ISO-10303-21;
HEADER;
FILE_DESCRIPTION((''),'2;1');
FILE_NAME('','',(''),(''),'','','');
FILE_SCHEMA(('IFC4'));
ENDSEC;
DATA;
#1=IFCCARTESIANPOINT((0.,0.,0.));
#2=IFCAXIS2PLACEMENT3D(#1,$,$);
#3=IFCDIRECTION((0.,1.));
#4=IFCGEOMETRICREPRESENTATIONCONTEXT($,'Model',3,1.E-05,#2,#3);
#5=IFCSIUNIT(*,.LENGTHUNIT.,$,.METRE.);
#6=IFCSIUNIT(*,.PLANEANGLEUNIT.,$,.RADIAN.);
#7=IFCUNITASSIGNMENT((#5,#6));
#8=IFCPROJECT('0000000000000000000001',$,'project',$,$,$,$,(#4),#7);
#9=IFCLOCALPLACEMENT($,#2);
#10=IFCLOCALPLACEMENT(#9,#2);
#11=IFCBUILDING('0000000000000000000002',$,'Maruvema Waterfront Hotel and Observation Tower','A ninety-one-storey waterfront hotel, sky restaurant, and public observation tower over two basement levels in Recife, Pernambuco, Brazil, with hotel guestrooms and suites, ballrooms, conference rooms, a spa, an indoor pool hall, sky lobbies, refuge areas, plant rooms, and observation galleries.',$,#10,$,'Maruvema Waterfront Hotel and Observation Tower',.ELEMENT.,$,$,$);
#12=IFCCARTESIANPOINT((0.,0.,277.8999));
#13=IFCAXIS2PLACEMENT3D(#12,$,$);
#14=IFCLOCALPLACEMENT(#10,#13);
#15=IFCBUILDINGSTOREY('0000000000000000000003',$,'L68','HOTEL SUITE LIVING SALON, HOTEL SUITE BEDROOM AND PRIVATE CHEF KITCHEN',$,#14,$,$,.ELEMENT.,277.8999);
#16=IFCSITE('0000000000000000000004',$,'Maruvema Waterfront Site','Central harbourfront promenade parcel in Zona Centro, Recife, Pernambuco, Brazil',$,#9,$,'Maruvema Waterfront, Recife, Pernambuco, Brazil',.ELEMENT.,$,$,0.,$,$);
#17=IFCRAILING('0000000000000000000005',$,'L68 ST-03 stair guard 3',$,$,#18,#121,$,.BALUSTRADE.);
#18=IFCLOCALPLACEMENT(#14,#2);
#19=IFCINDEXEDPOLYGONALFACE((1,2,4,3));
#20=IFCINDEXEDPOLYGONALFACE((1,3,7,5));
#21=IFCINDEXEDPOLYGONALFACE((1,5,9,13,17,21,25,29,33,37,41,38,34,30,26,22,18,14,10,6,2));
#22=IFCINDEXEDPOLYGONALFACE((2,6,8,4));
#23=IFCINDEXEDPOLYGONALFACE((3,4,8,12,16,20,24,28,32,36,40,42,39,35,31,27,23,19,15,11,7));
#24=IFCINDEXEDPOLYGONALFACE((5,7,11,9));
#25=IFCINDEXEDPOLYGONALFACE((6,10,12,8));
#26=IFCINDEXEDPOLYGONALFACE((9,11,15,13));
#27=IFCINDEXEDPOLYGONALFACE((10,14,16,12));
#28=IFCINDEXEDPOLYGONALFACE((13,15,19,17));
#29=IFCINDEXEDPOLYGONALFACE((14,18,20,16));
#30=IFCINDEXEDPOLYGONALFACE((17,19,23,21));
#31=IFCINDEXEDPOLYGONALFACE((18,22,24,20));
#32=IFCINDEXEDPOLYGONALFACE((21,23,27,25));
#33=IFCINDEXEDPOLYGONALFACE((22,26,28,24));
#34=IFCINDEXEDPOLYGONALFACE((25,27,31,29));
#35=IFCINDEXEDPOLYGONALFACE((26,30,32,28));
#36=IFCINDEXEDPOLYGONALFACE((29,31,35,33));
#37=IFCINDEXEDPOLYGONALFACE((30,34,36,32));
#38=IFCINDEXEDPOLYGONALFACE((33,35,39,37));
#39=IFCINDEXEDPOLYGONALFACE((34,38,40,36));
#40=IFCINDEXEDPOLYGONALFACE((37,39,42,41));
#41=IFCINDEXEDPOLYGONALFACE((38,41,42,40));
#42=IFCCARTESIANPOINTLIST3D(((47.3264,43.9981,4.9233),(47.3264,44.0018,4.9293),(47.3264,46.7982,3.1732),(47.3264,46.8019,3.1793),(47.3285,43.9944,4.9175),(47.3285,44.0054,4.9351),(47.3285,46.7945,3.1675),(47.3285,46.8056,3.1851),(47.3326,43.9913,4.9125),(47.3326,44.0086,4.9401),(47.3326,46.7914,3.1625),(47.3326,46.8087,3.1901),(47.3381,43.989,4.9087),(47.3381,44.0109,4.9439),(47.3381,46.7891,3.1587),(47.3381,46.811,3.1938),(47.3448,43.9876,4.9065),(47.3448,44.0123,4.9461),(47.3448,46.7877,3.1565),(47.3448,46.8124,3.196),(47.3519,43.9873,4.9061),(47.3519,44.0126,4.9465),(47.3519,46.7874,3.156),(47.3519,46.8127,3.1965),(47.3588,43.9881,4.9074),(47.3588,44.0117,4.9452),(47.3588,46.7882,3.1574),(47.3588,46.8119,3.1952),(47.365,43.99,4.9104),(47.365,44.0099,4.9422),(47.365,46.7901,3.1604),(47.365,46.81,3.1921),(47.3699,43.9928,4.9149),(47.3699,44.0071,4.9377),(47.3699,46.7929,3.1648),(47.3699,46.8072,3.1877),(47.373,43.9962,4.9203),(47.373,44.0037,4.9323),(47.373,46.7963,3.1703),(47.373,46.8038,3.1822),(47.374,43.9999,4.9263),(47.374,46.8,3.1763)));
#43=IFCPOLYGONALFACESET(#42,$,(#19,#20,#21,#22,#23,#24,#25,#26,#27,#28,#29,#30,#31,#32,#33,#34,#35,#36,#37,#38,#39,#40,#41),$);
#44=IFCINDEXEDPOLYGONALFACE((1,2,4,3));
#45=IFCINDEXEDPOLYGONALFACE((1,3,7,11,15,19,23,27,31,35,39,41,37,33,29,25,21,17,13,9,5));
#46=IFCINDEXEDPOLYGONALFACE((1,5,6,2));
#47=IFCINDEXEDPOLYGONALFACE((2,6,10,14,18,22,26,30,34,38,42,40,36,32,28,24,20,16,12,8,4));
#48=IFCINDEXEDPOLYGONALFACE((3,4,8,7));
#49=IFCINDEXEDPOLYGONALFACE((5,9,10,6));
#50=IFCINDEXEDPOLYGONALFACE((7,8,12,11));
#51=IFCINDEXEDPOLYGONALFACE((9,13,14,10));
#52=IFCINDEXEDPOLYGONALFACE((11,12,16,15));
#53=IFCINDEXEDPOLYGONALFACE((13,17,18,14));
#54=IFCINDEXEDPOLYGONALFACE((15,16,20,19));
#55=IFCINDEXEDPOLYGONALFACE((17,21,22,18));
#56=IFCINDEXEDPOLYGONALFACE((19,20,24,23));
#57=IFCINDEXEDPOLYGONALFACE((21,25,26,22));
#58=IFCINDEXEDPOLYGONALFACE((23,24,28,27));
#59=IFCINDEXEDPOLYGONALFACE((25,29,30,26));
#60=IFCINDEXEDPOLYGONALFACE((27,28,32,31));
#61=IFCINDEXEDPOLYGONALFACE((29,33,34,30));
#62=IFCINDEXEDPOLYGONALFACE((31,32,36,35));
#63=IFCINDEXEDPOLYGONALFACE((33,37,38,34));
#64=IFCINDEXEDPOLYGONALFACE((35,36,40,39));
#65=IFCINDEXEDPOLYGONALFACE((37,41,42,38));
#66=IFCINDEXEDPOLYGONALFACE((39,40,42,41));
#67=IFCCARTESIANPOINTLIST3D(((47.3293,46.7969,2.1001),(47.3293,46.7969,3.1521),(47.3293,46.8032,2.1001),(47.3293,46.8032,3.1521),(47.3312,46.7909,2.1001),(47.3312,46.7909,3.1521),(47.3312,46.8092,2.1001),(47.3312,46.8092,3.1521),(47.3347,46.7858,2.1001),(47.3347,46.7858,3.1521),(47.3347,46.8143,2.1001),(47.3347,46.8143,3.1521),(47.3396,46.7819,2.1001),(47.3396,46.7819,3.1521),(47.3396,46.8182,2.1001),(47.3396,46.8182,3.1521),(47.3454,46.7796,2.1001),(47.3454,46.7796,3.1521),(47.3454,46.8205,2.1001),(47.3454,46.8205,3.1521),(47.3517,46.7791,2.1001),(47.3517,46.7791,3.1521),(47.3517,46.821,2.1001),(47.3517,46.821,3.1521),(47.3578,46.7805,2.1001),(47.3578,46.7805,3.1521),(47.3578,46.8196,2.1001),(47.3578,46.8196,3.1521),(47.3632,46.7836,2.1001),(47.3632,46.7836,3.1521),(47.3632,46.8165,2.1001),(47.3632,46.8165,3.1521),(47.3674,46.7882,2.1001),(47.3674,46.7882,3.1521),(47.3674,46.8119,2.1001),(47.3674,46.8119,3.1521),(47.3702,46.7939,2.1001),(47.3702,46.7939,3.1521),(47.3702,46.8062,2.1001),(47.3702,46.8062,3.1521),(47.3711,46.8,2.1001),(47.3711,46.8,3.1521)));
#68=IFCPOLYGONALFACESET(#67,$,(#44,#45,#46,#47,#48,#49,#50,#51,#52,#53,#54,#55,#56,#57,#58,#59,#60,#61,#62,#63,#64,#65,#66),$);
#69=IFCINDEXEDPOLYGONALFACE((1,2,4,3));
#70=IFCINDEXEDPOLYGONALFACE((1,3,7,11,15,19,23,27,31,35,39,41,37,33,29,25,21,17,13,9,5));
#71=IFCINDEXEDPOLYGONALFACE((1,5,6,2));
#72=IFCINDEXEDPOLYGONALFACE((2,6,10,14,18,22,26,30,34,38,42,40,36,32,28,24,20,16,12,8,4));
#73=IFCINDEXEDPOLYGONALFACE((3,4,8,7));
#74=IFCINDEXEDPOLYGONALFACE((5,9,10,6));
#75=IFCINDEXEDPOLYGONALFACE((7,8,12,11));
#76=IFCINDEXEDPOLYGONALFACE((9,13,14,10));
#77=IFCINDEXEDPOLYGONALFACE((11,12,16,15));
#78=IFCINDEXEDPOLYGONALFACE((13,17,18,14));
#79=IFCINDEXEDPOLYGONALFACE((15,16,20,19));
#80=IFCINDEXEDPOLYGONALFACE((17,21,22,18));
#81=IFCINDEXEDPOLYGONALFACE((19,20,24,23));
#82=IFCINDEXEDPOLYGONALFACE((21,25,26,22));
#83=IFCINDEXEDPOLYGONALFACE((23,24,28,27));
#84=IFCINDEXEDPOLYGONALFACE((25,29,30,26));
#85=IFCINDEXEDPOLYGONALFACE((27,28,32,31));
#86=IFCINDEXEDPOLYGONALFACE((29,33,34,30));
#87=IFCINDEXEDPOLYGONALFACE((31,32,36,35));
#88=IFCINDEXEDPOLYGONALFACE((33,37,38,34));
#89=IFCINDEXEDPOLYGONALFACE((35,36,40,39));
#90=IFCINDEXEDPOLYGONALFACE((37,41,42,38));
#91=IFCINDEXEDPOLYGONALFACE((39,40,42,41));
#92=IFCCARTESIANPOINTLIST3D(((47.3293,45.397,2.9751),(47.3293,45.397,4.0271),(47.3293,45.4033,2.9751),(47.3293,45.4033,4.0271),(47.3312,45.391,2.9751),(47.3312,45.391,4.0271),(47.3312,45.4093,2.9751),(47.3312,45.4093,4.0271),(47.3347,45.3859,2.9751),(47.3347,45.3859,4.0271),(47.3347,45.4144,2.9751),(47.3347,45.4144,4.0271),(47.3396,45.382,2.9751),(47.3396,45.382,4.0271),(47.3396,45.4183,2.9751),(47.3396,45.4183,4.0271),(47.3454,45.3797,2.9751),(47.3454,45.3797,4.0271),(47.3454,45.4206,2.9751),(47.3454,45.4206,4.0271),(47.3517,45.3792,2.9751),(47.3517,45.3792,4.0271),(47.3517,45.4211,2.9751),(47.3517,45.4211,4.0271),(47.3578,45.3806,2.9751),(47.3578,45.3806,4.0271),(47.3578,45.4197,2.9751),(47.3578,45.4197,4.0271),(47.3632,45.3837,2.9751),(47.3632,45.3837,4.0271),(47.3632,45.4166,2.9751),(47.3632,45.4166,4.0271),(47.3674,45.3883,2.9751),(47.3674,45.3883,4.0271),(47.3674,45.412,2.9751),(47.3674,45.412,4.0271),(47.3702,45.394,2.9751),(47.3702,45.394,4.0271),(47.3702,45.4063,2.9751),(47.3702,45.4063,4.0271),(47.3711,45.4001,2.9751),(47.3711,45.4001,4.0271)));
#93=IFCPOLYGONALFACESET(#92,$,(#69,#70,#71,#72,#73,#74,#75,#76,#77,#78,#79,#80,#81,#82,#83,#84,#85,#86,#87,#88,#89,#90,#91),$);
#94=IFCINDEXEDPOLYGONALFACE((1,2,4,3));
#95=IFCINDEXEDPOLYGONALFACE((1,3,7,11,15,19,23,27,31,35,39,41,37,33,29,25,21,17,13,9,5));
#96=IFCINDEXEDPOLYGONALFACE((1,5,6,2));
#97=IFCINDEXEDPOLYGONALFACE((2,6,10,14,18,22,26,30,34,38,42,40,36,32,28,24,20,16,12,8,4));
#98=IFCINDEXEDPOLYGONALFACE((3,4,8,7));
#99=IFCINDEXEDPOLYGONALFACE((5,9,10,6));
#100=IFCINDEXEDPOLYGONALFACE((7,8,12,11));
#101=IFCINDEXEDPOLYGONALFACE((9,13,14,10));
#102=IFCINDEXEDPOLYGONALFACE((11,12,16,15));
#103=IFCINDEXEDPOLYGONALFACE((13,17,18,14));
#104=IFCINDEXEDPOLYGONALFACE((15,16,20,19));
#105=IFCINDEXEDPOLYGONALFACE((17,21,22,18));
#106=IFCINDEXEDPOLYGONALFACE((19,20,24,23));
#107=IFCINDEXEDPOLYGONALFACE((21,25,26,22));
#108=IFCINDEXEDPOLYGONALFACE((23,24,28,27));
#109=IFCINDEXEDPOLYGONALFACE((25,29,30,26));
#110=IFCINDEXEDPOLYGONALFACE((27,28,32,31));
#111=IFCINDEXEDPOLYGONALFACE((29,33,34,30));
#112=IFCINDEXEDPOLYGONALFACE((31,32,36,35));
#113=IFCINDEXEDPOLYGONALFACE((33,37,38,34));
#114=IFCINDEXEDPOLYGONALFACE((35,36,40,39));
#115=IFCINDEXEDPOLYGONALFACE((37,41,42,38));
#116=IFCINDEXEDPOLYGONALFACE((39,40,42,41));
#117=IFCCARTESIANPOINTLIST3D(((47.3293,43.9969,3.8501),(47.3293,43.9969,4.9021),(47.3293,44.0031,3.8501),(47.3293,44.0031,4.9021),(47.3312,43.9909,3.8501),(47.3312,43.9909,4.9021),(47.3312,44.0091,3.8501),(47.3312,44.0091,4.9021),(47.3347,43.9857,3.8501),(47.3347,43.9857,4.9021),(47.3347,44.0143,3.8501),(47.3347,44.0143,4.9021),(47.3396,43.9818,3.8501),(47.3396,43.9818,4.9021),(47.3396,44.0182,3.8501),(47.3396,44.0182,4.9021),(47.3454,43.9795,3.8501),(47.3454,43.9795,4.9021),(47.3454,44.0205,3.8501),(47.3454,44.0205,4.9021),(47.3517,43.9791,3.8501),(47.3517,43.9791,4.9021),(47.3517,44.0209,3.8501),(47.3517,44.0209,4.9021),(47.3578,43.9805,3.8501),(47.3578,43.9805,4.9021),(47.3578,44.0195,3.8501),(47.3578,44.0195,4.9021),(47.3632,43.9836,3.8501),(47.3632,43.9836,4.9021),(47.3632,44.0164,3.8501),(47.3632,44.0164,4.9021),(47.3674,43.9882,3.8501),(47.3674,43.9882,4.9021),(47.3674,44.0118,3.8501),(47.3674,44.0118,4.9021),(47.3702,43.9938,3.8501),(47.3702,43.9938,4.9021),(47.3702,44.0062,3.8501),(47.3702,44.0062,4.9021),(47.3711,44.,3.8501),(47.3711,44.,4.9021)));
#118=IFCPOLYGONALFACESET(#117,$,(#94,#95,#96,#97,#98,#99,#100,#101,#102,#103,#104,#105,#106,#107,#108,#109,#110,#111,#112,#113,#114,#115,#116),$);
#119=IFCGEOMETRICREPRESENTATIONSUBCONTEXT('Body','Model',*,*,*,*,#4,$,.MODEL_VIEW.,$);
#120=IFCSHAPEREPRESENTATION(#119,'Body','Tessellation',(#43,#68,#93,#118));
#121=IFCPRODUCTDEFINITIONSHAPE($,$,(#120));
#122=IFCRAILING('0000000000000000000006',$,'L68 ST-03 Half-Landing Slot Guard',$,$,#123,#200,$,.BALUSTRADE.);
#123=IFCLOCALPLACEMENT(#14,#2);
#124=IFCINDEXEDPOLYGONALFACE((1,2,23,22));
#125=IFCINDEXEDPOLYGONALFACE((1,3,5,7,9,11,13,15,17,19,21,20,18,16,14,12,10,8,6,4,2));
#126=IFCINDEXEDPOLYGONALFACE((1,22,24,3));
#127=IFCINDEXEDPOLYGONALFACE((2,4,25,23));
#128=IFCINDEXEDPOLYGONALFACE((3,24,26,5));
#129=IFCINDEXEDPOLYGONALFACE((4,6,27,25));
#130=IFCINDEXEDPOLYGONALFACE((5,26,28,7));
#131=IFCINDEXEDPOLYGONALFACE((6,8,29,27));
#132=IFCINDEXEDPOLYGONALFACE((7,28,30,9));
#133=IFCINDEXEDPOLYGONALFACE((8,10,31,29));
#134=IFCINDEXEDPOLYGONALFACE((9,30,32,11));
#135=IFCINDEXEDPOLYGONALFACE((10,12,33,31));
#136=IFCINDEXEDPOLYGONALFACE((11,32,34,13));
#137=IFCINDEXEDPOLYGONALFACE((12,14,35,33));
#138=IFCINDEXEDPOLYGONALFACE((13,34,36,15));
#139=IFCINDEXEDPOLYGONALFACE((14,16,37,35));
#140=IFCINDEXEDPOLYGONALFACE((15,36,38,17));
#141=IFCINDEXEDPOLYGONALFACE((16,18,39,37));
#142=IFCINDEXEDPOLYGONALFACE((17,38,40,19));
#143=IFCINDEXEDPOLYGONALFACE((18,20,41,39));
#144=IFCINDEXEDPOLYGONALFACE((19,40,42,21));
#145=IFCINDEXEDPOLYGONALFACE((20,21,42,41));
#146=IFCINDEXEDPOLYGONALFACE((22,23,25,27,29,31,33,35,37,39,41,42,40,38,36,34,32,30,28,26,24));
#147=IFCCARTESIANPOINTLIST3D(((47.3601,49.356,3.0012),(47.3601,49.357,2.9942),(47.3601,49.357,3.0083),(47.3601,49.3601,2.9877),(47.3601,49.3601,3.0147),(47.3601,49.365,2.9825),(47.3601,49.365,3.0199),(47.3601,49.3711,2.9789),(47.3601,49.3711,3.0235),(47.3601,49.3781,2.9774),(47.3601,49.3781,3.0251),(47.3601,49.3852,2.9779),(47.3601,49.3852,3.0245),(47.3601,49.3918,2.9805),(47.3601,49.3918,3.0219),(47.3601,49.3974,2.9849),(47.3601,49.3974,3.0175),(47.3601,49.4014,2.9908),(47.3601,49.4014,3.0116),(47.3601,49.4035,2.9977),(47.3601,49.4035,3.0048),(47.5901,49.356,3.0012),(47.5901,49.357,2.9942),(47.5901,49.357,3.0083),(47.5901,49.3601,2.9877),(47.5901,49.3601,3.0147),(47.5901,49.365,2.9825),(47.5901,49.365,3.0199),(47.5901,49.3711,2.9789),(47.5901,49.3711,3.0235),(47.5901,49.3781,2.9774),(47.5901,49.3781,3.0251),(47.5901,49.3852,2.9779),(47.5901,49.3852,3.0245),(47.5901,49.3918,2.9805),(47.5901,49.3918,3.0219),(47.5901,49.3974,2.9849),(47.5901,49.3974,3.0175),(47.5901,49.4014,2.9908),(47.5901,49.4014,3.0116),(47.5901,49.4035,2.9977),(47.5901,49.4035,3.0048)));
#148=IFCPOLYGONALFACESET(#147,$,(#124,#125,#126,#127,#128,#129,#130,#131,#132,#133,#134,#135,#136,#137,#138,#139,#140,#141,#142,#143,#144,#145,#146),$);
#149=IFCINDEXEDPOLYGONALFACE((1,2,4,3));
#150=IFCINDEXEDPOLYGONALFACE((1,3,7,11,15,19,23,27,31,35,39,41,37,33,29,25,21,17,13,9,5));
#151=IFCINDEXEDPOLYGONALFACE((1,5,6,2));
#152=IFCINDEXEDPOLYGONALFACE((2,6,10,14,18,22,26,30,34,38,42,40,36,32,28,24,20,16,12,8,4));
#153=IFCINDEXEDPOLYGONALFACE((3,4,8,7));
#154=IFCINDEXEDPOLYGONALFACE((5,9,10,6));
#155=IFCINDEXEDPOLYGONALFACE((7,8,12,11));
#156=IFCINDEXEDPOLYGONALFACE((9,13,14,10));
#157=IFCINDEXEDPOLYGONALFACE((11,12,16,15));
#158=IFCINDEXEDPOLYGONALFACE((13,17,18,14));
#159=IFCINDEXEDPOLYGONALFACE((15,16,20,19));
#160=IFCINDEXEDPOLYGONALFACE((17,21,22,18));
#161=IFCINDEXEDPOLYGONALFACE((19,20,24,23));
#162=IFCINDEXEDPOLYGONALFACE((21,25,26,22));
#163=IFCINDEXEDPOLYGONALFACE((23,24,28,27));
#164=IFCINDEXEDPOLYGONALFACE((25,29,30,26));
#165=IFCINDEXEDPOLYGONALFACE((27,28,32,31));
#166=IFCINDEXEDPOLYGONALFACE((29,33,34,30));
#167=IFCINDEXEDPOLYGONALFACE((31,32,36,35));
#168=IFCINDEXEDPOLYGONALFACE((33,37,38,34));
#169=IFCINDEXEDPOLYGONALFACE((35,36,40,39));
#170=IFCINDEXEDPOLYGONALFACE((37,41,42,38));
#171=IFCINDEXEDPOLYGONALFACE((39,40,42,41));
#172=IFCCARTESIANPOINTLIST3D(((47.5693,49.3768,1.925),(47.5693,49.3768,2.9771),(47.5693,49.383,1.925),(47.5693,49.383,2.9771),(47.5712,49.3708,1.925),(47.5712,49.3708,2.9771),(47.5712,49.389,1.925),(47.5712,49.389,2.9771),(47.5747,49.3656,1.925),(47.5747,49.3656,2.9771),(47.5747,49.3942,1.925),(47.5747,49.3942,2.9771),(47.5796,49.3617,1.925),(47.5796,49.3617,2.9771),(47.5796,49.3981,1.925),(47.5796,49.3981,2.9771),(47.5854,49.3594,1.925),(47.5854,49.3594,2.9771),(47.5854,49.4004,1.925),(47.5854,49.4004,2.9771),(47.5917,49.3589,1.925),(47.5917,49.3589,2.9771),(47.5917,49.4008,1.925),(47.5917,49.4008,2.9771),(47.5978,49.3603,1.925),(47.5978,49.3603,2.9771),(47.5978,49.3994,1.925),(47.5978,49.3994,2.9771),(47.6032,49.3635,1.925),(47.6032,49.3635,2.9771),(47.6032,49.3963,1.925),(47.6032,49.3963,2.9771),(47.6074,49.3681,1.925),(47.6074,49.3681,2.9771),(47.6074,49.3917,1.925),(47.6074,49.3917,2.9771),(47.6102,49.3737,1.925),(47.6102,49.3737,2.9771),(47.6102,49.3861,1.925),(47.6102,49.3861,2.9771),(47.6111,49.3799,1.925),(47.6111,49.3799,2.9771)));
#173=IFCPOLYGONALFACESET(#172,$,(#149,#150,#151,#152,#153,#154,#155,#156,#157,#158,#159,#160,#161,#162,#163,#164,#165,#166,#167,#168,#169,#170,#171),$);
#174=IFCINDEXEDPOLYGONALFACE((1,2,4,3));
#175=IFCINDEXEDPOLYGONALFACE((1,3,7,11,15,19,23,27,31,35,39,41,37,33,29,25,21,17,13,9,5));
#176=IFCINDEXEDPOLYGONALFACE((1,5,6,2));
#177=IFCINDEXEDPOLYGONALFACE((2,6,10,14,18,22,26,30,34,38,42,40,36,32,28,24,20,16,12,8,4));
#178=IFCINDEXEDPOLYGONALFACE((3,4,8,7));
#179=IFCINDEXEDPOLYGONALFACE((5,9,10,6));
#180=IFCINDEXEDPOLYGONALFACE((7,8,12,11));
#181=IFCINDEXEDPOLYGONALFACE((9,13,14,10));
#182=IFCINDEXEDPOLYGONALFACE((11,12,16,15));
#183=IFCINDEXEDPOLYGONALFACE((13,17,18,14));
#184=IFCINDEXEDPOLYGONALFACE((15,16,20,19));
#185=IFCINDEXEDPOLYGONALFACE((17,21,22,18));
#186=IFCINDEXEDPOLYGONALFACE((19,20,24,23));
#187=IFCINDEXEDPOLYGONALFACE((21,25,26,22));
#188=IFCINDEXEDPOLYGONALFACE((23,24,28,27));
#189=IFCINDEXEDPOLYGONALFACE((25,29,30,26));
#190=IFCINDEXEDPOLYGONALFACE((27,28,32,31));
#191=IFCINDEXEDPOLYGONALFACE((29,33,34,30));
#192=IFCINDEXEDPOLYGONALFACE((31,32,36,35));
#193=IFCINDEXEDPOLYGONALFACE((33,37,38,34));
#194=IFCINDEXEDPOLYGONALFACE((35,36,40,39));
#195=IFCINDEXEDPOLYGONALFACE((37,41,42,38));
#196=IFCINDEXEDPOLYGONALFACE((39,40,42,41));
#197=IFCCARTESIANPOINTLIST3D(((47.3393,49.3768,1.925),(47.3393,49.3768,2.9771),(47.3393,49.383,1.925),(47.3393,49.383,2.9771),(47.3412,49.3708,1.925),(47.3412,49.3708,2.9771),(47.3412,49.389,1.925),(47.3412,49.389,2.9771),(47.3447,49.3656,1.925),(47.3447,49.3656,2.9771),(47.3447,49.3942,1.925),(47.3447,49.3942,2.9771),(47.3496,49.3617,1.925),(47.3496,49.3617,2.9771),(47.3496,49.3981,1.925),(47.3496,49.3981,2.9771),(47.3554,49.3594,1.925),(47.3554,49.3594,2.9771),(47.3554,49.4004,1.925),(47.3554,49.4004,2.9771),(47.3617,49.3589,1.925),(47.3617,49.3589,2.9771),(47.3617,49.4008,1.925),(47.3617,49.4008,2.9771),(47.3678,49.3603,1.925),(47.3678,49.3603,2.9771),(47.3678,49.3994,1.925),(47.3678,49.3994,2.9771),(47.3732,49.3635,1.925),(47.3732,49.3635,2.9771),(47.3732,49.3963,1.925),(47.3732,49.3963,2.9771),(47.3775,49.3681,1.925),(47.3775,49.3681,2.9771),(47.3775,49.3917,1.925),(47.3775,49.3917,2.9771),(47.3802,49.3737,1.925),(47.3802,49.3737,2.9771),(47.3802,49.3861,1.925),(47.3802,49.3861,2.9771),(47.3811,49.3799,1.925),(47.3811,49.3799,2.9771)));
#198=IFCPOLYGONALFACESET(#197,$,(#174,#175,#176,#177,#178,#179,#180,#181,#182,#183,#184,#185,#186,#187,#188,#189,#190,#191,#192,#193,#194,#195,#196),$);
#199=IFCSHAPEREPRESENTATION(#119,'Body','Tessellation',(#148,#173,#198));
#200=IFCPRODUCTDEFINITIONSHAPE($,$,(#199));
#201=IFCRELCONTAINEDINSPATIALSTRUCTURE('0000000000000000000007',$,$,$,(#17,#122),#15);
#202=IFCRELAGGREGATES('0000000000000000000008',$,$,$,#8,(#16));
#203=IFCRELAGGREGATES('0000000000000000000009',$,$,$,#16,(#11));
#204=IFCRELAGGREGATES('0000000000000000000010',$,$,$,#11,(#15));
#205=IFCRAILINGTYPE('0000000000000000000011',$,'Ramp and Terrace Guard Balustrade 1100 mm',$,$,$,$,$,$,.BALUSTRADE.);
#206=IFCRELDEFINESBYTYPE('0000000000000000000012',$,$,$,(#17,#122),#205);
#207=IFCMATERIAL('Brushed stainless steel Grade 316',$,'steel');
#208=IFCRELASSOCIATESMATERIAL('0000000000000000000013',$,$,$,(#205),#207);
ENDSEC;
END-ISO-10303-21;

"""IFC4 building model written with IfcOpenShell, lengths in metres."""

from ifc_helpers import new_model, si_unit, direction, frame, origin, origin_2d, place, context, subcontext, project, spatial, circle, extrude, material, type_object, element, save


model = new_model("IFC4")

# Units and contexts
model_context = context("Model", 3, precision=1e-05, world=origin(), true_north=direction((0.0, 1.0)))
body_context = subcontext(model_context, "Body", "Model", "MODEL_VIEW")
ifc_project = project(units=[si_unit("LENGTHUNIT", "METRE"), si_unit("PLANEANGLEUNIT", "RADIAN")], contexts=[model_context])

# Site, building, storey
site_placement = place(None, origin())
site = spatial("IfcSite", under=ifc_project, at=site_placement, Name="Maruvema Waterfront Site", Description="Central harbourfront promenade parcel in Zona Centro, Recife, Pernambuco, Brazil", LongName="Maruvema Waterfront, Recife, Pernambuco, Brazil", CompositionType="ELEMENT", RefElevation=0.0)
building_placement = place(site_placement, origin())
building = spatial("IfcBuilding", under=site, at=building_placement, Name="Maruvema Waterfront Hotel and Observation Tower", Description="A ninety-one-storey waterfront hotel, sky restaurant, and public observation tower over two basement levels in Recife, Pernambuco, Brazil, with hotel guestrooms and suites, ballrooms, conference rooms, a spa, an indoor pool hall, sky lobbies, refuge areas, plant rooms, and observation galleries.", LongName="Maruvema Waterfront Hotel and Observation Tower", CompositionType="ELEMENT")
storey_placement = place(building_placement, frame((0.0, 0.0, 277.8999)))
storey = spatial("IfcBuildingStorey", under=building, at=storey_placement, Name="L68", Description="HOTEL SUITE LIVING SALON, HOTEL SUITE BEDROOM AND PRIVATE CHEF KITCHEN", CompositionType="ELEMENT", Elevation=277.8999)

# Railings
ifc_material_1 = material(Name="Brushed stainless steel Grade 316", Category="steel")
railing_type_1 = type_object("IfcRailingType", Name="Ramp and Terrace Guard Balustrade 1100 mm", PredefinedType="BALUSTRADE", material=ifc_material_1)
railing_1_placement = place(storey_placement, frame((47.3501, 46.8, 2.1001)))
element("IfcRailing", 1, at=railing_1_placement, inside=storey, type_object=railing_type_1, Name="L68 ST-03 stair guard 3", PredefinedType="BALUSTRADE", context=body_context, shape_type="SweptSolid", body=[
    extrude(circle(Radius=0.0239, at=origin_2d()), frame((0.0, 0.0, 1.0762), z_axis=(0.0, -0.848002, 0.529992), x_axis=(1.0, 0.0, 0.0)), (0.0, 0.0, 1.0), 3.302),
    extrude(circle(Radius=0.021, at=origin_2d()), origin(), (0.0, 0.0, 1.0), 1.052),
    extrude(circle(Radius=0.021, at=origin_2d()), frame((0.0, -1.3999, 0.875)), (0.0, 0.0, 1.0), 1.052),
    extrude(circle(Radius=0.021, at=origin_2d()), frame((0.0, -2.8, 1.75)), (0.0, 0.0, 1.0), 1.052),
])
railing_2_placement = place(storey_placement, frame((47.5901, 49.3799, 1.925)))
element("IfcRailing", 2, at=railing_2_placement, inside=storey, type_object=railing_type_1, Name="L68 ST-03 Half-Landing Slot Guard", PredefinedType="BALUSTRADE", context=body_context, shape_type="SweptSolid", body=[
    extrude(circle(Radius=0.0239, at=origin_2d()), frame((0.0, 0.0, 1.0762), z_axis=(-1.0, 0.0, 0.0), x_axis=(0.0, -1.0, 0.0)), (0.0, 0.0, 1.0), 0.23),
    extrude(circle(Radius=0.021, at=origin_2d()), origin(), (0.0, 0.0, 1.0), 1.052),
    extrude(circle(Radius=0.021, at=origin_2d()), frame((-0.23, 0.0, 0.0)), (0.0, 0.0, 1.0), 1.052),
])

save(model, "model.ifc")
